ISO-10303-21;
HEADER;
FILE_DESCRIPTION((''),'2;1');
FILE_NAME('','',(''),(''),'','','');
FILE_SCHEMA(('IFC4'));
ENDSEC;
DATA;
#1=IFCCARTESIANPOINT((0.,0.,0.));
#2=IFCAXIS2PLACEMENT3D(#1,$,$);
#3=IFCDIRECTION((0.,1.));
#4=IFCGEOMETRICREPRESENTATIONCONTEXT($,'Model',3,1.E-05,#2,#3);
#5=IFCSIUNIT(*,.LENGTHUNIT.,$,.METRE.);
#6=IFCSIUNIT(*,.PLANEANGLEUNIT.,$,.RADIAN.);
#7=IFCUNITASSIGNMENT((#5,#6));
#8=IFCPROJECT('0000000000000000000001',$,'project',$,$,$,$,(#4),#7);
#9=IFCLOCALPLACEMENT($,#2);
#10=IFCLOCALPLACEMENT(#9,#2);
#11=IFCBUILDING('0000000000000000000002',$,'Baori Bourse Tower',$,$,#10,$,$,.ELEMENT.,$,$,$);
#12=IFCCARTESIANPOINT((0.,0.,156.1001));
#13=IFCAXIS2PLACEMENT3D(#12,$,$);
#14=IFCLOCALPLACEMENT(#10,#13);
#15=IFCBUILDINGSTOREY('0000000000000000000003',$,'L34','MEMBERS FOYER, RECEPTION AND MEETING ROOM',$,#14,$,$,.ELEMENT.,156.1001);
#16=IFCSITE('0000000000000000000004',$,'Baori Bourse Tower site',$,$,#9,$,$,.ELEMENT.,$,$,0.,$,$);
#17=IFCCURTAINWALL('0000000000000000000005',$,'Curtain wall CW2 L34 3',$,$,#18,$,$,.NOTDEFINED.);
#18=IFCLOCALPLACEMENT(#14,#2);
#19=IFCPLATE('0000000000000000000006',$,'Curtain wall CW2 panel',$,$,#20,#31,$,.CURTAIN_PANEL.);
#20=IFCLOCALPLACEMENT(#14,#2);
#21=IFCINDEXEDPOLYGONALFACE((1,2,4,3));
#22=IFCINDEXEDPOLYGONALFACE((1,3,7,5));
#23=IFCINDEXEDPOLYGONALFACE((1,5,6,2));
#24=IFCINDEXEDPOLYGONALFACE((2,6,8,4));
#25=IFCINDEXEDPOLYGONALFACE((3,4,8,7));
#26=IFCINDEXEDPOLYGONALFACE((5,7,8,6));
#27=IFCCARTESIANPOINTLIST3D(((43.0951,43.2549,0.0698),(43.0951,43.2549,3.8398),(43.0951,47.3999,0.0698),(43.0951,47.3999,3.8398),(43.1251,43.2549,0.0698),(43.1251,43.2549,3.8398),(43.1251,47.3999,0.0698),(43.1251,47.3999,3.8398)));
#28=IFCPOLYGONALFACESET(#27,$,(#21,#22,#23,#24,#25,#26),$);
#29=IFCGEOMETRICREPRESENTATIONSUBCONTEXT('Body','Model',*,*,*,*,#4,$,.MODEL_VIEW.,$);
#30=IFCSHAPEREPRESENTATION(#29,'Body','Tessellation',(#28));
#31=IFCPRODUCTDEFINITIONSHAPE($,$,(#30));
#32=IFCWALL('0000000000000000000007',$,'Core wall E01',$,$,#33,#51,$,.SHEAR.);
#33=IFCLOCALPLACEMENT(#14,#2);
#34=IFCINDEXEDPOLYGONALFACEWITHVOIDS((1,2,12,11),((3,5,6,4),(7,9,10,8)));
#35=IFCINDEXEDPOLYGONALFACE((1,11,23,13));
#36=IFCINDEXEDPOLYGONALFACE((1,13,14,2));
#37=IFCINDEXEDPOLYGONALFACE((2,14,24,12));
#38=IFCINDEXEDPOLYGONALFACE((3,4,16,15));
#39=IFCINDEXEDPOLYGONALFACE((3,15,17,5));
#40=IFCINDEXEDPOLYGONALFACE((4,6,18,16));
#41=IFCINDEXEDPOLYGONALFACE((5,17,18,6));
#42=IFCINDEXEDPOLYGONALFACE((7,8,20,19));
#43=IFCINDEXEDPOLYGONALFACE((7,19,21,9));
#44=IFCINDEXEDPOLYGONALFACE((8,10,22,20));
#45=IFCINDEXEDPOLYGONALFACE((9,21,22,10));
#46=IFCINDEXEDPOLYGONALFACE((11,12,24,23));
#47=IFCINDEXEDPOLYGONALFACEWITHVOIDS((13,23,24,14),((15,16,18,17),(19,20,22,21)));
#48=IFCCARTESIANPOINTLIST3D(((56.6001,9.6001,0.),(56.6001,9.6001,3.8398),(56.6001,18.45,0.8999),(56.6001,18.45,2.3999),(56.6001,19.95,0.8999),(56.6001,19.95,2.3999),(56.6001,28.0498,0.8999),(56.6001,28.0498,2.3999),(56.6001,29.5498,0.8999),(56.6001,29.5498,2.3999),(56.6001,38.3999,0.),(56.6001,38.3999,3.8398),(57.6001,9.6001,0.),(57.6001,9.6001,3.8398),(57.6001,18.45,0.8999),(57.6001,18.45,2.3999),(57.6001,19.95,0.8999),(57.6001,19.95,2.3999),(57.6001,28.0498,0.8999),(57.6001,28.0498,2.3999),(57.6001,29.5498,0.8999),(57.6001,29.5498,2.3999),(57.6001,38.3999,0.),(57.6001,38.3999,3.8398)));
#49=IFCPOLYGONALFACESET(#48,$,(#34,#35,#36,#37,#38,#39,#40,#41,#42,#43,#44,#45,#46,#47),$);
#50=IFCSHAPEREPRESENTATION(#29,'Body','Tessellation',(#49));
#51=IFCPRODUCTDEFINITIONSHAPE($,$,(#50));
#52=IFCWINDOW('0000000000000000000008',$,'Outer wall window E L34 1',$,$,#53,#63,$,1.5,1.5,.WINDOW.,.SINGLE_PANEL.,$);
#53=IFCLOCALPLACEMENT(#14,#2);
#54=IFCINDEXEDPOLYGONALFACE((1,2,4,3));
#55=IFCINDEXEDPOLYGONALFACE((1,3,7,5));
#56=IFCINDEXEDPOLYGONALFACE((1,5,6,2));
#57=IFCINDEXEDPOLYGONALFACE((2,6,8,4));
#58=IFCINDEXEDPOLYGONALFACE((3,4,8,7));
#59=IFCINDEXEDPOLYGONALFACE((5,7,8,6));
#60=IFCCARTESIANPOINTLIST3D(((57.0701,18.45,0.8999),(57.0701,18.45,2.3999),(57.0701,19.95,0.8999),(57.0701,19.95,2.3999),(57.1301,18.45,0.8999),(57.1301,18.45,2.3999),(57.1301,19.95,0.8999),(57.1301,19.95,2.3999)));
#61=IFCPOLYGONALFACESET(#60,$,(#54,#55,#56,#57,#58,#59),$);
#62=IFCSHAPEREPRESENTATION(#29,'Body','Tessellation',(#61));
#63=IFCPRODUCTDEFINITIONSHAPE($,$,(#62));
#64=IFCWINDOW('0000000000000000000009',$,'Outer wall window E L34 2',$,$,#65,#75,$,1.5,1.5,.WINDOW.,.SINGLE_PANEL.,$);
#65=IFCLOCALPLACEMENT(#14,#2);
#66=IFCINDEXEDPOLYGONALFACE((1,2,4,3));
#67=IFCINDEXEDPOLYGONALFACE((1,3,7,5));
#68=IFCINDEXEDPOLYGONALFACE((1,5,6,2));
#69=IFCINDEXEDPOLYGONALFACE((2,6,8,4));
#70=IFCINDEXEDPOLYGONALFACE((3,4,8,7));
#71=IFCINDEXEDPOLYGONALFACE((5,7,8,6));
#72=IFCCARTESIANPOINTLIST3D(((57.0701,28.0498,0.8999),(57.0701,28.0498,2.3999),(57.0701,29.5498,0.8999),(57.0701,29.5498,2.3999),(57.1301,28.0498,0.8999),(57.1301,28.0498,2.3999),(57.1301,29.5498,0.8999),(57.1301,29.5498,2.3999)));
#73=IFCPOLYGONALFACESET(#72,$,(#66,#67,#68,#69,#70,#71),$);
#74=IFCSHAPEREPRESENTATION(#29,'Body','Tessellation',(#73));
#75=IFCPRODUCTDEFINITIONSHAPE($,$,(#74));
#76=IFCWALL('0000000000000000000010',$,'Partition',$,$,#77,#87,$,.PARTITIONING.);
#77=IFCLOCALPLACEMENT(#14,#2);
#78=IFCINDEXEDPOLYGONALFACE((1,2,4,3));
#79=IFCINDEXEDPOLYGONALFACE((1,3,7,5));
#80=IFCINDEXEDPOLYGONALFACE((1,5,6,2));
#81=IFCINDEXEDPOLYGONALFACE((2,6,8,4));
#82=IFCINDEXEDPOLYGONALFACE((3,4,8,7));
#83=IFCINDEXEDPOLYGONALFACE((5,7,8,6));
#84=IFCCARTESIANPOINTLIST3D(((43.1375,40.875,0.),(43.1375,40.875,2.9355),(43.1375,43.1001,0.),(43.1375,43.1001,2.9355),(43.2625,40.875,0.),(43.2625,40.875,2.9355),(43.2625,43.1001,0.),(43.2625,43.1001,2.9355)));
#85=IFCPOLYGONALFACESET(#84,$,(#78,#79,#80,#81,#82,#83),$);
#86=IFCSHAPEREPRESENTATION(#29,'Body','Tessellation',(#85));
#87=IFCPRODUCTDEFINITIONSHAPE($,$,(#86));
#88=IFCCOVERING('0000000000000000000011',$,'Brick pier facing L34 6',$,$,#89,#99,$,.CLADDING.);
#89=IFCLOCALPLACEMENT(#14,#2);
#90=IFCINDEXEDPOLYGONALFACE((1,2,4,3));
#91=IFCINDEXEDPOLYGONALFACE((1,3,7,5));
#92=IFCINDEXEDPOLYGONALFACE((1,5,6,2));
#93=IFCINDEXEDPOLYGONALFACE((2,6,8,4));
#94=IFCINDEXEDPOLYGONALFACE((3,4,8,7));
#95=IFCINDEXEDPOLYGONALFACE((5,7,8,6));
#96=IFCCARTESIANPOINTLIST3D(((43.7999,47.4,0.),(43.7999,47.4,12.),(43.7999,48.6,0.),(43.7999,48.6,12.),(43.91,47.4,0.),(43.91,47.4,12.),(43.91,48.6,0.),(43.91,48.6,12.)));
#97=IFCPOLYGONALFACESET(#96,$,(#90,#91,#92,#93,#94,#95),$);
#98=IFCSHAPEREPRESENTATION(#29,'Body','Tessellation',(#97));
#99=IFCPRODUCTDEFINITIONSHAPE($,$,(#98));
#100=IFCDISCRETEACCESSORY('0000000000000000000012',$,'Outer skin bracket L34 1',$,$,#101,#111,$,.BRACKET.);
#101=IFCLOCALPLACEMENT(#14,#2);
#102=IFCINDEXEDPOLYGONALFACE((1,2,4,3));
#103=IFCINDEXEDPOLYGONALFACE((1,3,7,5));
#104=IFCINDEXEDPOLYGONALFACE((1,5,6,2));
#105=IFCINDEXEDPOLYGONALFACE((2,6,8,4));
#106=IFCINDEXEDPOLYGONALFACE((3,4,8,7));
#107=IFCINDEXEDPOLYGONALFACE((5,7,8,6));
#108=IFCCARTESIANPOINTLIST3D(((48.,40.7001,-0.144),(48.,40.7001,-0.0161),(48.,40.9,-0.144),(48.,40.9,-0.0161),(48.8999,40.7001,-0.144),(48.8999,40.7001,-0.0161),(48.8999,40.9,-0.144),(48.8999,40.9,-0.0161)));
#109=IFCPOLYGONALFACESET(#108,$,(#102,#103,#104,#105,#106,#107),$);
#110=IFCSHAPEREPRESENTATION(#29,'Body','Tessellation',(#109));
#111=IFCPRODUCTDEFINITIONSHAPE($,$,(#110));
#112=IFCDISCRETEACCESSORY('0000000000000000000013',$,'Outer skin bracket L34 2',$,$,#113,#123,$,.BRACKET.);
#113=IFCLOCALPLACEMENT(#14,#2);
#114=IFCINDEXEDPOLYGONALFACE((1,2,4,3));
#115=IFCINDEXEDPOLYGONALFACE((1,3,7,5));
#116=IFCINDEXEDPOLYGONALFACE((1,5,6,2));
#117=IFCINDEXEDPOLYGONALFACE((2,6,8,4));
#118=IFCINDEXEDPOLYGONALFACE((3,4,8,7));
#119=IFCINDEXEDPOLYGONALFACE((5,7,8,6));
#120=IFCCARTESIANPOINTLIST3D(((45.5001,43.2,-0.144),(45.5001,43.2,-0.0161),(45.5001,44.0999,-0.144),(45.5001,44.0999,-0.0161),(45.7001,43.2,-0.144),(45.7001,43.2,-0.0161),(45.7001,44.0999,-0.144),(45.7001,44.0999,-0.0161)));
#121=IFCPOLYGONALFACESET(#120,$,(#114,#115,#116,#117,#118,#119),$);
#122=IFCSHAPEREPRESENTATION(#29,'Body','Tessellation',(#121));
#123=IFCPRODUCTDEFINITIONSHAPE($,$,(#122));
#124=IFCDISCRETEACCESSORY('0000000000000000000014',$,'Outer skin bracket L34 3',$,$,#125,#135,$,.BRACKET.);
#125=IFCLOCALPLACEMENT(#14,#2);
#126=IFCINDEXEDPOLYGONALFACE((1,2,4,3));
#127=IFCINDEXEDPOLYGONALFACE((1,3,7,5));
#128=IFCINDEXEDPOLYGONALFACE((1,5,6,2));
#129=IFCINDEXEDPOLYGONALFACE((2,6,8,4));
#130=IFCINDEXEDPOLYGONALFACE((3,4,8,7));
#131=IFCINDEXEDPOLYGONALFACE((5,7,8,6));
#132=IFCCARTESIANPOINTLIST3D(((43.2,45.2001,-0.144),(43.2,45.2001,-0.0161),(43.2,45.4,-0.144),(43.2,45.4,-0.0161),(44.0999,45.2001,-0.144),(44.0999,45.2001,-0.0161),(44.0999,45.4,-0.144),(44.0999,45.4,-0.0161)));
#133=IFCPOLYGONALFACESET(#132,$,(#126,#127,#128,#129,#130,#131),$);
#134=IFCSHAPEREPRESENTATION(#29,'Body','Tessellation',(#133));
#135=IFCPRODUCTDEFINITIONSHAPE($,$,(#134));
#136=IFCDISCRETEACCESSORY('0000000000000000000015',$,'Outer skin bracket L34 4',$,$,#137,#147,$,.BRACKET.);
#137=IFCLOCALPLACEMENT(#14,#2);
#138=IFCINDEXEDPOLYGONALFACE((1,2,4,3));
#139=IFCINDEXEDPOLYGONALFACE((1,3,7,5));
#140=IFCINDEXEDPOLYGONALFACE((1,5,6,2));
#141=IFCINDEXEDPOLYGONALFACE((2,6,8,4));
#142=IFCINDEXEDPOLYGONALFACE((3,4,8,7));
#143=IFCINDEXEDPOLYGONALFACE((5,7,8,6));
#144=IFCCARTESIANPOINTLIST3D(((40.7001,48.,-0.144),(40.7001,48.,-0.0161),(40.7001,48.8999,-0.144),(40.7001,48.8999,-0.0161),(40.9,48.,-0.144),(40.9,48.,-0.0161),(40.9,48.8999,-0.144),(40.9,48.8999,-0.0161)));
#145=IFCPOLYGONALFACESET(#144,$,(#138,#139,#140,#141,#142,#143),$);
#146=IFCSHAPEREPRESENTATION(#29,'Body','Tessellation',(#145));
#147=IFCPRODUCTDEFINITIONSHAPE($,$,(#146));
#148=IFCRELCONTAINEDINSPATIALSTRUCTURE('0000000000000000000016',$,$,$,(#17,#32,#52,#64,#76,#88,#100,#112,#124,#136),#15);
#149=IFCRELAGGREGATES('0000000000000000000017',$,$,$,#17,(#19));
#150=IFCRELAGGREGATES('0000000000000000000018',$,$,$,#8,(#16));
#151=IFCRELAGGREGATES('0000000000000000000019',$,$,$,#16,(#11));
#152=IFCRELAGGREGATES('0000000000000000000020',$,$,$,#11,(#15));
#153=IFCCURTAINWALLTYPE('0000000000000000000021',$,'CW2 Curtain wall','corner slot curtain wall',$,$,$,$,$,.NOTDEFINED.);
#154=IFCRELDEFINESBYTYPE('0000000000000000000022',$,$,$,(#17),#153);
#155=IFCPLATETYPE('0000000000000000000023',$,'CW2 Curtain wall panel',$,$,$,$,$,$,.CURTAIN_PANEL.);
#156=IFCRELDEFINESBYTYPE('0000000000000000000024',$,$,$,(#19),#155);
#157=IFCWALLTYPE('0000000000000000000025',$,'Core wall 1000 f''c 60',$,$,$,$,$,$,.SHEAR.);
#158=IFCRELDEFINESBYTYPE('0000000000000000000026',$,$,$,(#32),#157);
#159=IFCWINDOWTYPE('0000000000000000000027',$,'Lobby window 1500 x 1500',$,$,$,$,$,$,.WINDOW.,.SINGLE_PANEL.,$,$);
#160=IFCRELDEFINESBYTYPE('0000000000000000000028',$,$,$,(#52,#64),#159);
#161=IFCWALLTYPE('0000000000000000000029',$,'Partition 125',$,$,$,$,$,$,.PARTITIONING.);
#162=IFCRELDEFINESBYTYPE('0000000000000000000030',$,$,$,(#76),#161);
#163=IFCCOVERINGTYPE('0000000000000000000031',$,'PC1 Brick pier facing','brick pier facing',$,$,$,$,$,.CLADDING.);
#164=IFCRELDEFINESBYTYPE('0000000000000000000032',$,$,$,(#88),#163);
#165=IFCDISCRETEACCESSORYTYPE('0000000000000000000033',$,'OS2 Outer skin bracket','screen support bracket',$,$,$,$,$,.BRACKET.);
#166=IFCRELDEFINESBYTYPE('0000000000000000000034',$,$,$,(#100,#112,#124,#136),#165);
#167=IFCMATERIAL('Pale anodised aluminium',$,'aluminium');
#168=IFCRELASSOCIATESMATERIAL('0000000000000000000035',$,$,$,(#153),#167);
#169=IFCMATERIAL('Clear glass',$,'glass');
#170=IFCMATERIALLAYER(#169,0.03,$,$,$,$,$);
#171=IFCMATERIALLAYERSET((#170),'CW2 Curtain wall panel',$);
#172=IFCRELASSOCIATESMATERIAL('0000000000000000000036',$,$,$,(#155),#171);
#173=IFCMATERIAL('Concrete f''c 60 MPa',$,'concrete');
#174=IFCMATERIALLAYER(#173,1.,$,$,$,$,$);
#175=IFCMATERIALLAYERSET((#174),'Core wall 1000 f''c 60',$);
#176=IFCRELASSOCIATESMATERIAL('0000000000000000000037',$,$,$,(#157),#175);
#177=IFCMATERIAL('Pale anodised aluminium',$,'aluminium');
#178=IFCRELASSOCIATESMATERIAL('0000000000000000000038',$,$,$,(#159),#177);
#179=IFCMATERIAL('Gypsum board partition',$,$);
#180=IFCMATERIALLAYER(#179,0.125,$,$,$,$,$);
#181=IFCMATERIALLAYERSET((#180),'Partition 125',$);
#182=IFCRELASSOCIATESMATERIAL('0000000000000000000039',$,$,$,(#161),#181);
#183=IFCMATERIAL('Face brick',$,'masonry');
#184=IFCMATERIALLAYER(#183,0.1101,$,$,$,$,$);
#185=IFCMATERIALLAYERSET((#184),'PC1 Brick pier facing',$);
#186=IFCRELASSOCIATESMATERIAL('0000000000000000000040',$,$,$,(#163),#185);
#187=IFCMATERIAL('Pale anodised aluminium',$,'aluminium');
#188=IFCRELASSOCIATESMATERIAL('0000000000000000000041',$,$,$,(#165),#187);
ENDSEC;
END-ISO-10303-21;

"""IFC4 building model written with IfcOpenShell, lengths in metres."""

from ifc_helpers import new_model, si_unit, direction, frame, frame_2d, origin, origin_2d, place, context, subcontext, project, spatial, rectangle, extrude, material, layer, layer_set, type_object, element, fill, aggregate, save


model = new_model("IFC4")

# Units and contexts
model_context = context("Model", 3, precision=1e-05, world=origin(), true_north=direction((0.0, 1.0)))
body_context = subcontext(model_context, "Body", "Model", "MODEL_VIEW")
ifc_project = project(units=[si_unit("LENGTHUNIT", "METRE"), si_unit("PLANEANGLEUNIT", "RADIAN")], contexts=[model_context])

# Site, building, storey
site_placement = place(None, origin())
site = spatial("IfcSite", under=ifc_project, at=site_placement, Name="Baori Bourse Tower site", CompositionType="ELEMENT", RefElevation=0.0)
building_placement = place(site_placement, origin())
building = spatial("IfcBuilding", under=site, at=building_placement, Name="Baori Bourse Tower", CompositionType="ELEMENT")
storey_placement = place(building_placement, frame((0.0, 0.0, 156.1001)))
storey = spatial("IfcBuildingStorey", under=building, at=storey_placement, Name="L34", Description="MEMBERS FOYER, RECEPTION AND MEETING ROOM", CompositionType="ELEMENT", Elevation=156.1001)

# Curtain wall
ifc_material_1 = material(Name="Pale anodised aluminium", Category="aluminium")
curtain_wall_type_1 = type_object("IfcCurtainWallType", Name="CW2 Curtain wall", Description="corner slot curtain wall", PredefinedType="NOTDEFINED", material=ifc_material_1)
curtain_wall_1_placement = place(storey_placement, origin())
curtain_wall_1 = element("IfcCurtainWall", 1, at=curtain_wall_1_placement, inside=storey, type_object=curtain_wall_type_1, Name="Curtain wall CW2 L34 3", PredefinedType="NOTDEFINED")

# Shared definitions
ifc_material_2 = material(Name="Clear glass", Category="glass")
ifc_layer_1 = layer(ifc_material_2, 0.03)
ifc_layer_set_1 = layer_set([ifc_layer_1], Name="CW2 Curtain wall panel")
plate_type = type_object("IfcPlateType", Name="CW2 Curtain wall panel", PredefinedType="CURTAIN_PANEL", material=ifc_layer_set_1)

# Plate
plate_1_placement = place(storey_placement, frame((43.1101, 45.3274, 0.0698), z_axis=(0.0, 0.0, 1.0), x_axis=(0.0, 1.0, 0.0)))
plate_1 = element("IfcPlate", 2, at=plate_1_placement, type_object=plate_type, Name="Curtain wall CW2 panel", PredefinedType="CURTAIN_PANEL", context=body_context, shape_type="SweptSolid", body=[
    extrude(rectangle(XDim=4.145, YDim=0.03, at=origin_2d()), origin(), (0.0, 0.0, 1.0), 3.77),
])
aggregate(curtain_wall_1, [plate_1])

# Wall, openings, windows
ifc_material_3 = material(Name="Concrete f'c 60 MPa", Category="concrete")
ifc_layer_2 = layer(ifc_material_3, 1.0)
ifc_layer_set_2 = layer_set([ifc_layer_2], Name="Core wall 1000 f'c 60")
wall_type_1 = type_object("IfcWallType", Name="Core wall 1000 f'c 60", PredefinedType="SHEAR", material=ifc_layer_set_2)
wall_1_placement = place(storey_placement, frame((57.1001, 38.3999, 0.0), z_axis=(0.0, 0.0, 1.0), x_axis=(0.0, -1.0, 0.0)))
wall_1 = element("IfcWall", 3, at=wall_1_placement, inside=storey, type_object=wall_type_1, Name="Core wall E01", PredefinedType="SHEAR", context=body_context, shape_type="SweptSolid", body=[
    extrude(rectangle(XDim=28.7998, YDim=1.0, at=frame_2d((14.3999, 0.0))), origin(), (0.0, 0.0, 1.0), 3.8398),
])
opening_1_placement = place(wall_1_placement, frame((18.45, 0.0, 0.8999)))
opening_1 = element("IfcOpeningElement", 4, at=opening_1_placement, cuts=wall_1, PredefinedType="OPENING", context=body_context, shape_type="SweptSolid", body=[
    extrude(rectangle(XDim=1.5, YDim=1.5, at=frame_2d((0.75, 0.75))), frame((0.0, 0.51, 0.0), z_axis=(0.0, -1.0, 0.0), x_axis=(1.0, 0.0, 0.0)), (0.0, 0.0, 1.0), 1.02),
])
opening_2_placement = place(wall_1_placement, frame((8.8501, 0.0, 0.8999)))
opening_2 = element("IfcOpeningElement", 5, at=opening_2_placement, cuts=wall_1, PredefinedType="OPENING", context=body_context, shape_type="SweptSolid", body=[
    extrude(rectangle(XDim=1.5, YDim=1.5, at=frame_2d((0.75, 0.75))), frame((0.0, 0.51, 0.0), z_axis=(0.0, -1.0, 0.0), x_axis=(1.0, 0.0, 0.0)), (0.0, 0.0, 1.0), 1.02),
])
ifc_material_4 = material(Name="Pale anodised aluminium", Category="aluminium")
window_type = type_object("IfcWindowType", Name="Lobby window 1500 x 1500", PartitioningType="SINGLE_PANEL", PredefinedType="WINDOW", material=ifc_material_4)
window_1_placement = place(opening_1_placement, origin())
window_1 = element("IfcWindow", 6, at=window_1_placement, inside=storey, type_object=window_type, Name="Outer wall window E L34 1", OverallHeight=1.5, OverallWidth=1.5, PartitioningType="SINGLE_PANEL", PredefinedType="WINDOW", context=body_context, shape_type="SweptSolid", body=[
    extrude(rectangle(XDim=1.5, YDim=1.5, at=frame_2d((0.75, 0.75))), frame((0.0, 0.03, 0.0), z_axis=(0.0, -1.0, 0.0), x_axis=(1.0, 0.0, 0.0)), (0.0, 0.0, 1.0), 0.0601),
])
fill(opening_1, window_1)
window_2_placement = place(opening_2_placement, origin())
window_2 = element("IfcWindow", 7, at=window_2_placement, inside=storey, type_object=window_type, Name="Outer wall window E L34 2", OverallHeight=1.5, OverallWidth=1.5, PartitioningType="SINGLE_PANEL", PredefinedType="WINDOW", context=body_context, shape_type="SweptSolid", body=[
    extrude(rectangle(XDim=1.5, YDim=1.5, at=frame_2d((0.75, 0.75))), frame((0.0, 0.03, 0.0), z_axis=(0.0, -1.0, 0.0), x_axis=(1.0, 0.0, 0.0)), (0.0, 0.0, 1.0), 0.0601),
])
fill(opening_2, window_2)

# Wall
ifc_material_5 = material(Name="Gypsum board partition")
ifc_layer_3 = layer(ifc_material_5, 0.125)
ifc_layer_set_3 = layer_set([ifc_layer_3], Name="Partition 125")
wall_type_2 = type_object("IfcWallType", Name="Partition 125", PredefinedType="PARTITIONING", material=ifc_layer_set_3)
wall_2_placement = place(storey_placement, frame((43.2, 40.875, 0.0), z_axis=(0.0, 0.0, 1.0), x_axis=(0.0, 1.0, 0.0)))
element("IfcWall", 8, at=wall_2_placement, inside=storey, type_object=wall_type_2, Name="Partition", PredefinedType="PARTITIONING", context=body_context, shape_type="SweptSolid", body=[
    extrude(rectangle(XDim=2.2251, YDim=0.125, at=frame_2d((1.1125, 0.0))), origin(), (0.0, 0.0, 1.0), 2.9355),
])

# Covering
ifc_material_6 = material(Name="Face brick", Category="masonry")
ifc_layer_4 = layer(ifc_material_6, 0.1101)
ifc_layer_set_4 = layer_set([ifc_layer_4], Name="PC1 Brick pier facing")
covering_type = type_object("IfcCoveringType", Name="PC1 Brick pier facing", Description="brick pier facing", PredefinedType="CLADDING", material=ifc_layer_set_4)
covering_placement = place(storey_placement, frame((43.855, 48.0, 0.0), z_axis=(0.0, 0.0, 1.0), x_axis=(1.0, 0.0, 0.0)))
element("IfcCovering", 9, at=covering_placement, inside=storey, type_object=covering_type, Name="Brick pier facing L34 6", PredefinedType="CLADDING", context=body_context, shape_type="SweptSolid", body=[
    extrude(rectangle(XDim=0.1101, YDim=1.2, at=origin_2d()), origin(), (0.0, 0.0, 1.0), 12.0),
])

# Discrete accessories
ifc_material_7 = material(Name="Pale anodised aluminium", Category="aluminium")
discrete_accessory_type = type_object("IfcDiscreteAccessoryType", Name="OS2 Outer skin bracket", Description="screen support bracket", PredefinedType="BRACKET", material=ifc_material_7)
for number, where, z_axis, x_axis, name in (
    (10, (48.45, 40.8, -0.144), (0.0, 0.0, 1.0), (0.0, 1.0, 0.0), "Outer skin bracket L34 1"),
    (11, (45.6001, 43.6499, -0.144), (0.0, 0.0, 1.0), (-1.0, 0.0, 0.0), "Outer skin bracket L34 2"),
    (12, (43.6499, 45.3, -0.144), (0.0, 0.0, 1.0), (0.0, 1.0, 0.0), "Outer skin bracket L34 3"),
    (13, (40.8, 48.45, -0.144), (0.0, 0.0, 1.0), (-1.0, 0.0, 0.0), "Outer skin bracket L34 4"),
):
    element("IfcDiscreteAccessory", number, at=place(storey_placement, frame(where, z_axis=z_axis, x_axis=x_axis)), inside=storey, type_object=discrete_accessory_type, Name=name, PredefinedType="BRACKET", context=body_context, shape_type="SweptSolid", body=[
        extrude(rectangle(XDim=0.2, YDim=0.8999, at=origin_2d()), origin(), (0.0, 0.0, 1.0), 0.1279),
    ])

save(model, "model.ifc")
